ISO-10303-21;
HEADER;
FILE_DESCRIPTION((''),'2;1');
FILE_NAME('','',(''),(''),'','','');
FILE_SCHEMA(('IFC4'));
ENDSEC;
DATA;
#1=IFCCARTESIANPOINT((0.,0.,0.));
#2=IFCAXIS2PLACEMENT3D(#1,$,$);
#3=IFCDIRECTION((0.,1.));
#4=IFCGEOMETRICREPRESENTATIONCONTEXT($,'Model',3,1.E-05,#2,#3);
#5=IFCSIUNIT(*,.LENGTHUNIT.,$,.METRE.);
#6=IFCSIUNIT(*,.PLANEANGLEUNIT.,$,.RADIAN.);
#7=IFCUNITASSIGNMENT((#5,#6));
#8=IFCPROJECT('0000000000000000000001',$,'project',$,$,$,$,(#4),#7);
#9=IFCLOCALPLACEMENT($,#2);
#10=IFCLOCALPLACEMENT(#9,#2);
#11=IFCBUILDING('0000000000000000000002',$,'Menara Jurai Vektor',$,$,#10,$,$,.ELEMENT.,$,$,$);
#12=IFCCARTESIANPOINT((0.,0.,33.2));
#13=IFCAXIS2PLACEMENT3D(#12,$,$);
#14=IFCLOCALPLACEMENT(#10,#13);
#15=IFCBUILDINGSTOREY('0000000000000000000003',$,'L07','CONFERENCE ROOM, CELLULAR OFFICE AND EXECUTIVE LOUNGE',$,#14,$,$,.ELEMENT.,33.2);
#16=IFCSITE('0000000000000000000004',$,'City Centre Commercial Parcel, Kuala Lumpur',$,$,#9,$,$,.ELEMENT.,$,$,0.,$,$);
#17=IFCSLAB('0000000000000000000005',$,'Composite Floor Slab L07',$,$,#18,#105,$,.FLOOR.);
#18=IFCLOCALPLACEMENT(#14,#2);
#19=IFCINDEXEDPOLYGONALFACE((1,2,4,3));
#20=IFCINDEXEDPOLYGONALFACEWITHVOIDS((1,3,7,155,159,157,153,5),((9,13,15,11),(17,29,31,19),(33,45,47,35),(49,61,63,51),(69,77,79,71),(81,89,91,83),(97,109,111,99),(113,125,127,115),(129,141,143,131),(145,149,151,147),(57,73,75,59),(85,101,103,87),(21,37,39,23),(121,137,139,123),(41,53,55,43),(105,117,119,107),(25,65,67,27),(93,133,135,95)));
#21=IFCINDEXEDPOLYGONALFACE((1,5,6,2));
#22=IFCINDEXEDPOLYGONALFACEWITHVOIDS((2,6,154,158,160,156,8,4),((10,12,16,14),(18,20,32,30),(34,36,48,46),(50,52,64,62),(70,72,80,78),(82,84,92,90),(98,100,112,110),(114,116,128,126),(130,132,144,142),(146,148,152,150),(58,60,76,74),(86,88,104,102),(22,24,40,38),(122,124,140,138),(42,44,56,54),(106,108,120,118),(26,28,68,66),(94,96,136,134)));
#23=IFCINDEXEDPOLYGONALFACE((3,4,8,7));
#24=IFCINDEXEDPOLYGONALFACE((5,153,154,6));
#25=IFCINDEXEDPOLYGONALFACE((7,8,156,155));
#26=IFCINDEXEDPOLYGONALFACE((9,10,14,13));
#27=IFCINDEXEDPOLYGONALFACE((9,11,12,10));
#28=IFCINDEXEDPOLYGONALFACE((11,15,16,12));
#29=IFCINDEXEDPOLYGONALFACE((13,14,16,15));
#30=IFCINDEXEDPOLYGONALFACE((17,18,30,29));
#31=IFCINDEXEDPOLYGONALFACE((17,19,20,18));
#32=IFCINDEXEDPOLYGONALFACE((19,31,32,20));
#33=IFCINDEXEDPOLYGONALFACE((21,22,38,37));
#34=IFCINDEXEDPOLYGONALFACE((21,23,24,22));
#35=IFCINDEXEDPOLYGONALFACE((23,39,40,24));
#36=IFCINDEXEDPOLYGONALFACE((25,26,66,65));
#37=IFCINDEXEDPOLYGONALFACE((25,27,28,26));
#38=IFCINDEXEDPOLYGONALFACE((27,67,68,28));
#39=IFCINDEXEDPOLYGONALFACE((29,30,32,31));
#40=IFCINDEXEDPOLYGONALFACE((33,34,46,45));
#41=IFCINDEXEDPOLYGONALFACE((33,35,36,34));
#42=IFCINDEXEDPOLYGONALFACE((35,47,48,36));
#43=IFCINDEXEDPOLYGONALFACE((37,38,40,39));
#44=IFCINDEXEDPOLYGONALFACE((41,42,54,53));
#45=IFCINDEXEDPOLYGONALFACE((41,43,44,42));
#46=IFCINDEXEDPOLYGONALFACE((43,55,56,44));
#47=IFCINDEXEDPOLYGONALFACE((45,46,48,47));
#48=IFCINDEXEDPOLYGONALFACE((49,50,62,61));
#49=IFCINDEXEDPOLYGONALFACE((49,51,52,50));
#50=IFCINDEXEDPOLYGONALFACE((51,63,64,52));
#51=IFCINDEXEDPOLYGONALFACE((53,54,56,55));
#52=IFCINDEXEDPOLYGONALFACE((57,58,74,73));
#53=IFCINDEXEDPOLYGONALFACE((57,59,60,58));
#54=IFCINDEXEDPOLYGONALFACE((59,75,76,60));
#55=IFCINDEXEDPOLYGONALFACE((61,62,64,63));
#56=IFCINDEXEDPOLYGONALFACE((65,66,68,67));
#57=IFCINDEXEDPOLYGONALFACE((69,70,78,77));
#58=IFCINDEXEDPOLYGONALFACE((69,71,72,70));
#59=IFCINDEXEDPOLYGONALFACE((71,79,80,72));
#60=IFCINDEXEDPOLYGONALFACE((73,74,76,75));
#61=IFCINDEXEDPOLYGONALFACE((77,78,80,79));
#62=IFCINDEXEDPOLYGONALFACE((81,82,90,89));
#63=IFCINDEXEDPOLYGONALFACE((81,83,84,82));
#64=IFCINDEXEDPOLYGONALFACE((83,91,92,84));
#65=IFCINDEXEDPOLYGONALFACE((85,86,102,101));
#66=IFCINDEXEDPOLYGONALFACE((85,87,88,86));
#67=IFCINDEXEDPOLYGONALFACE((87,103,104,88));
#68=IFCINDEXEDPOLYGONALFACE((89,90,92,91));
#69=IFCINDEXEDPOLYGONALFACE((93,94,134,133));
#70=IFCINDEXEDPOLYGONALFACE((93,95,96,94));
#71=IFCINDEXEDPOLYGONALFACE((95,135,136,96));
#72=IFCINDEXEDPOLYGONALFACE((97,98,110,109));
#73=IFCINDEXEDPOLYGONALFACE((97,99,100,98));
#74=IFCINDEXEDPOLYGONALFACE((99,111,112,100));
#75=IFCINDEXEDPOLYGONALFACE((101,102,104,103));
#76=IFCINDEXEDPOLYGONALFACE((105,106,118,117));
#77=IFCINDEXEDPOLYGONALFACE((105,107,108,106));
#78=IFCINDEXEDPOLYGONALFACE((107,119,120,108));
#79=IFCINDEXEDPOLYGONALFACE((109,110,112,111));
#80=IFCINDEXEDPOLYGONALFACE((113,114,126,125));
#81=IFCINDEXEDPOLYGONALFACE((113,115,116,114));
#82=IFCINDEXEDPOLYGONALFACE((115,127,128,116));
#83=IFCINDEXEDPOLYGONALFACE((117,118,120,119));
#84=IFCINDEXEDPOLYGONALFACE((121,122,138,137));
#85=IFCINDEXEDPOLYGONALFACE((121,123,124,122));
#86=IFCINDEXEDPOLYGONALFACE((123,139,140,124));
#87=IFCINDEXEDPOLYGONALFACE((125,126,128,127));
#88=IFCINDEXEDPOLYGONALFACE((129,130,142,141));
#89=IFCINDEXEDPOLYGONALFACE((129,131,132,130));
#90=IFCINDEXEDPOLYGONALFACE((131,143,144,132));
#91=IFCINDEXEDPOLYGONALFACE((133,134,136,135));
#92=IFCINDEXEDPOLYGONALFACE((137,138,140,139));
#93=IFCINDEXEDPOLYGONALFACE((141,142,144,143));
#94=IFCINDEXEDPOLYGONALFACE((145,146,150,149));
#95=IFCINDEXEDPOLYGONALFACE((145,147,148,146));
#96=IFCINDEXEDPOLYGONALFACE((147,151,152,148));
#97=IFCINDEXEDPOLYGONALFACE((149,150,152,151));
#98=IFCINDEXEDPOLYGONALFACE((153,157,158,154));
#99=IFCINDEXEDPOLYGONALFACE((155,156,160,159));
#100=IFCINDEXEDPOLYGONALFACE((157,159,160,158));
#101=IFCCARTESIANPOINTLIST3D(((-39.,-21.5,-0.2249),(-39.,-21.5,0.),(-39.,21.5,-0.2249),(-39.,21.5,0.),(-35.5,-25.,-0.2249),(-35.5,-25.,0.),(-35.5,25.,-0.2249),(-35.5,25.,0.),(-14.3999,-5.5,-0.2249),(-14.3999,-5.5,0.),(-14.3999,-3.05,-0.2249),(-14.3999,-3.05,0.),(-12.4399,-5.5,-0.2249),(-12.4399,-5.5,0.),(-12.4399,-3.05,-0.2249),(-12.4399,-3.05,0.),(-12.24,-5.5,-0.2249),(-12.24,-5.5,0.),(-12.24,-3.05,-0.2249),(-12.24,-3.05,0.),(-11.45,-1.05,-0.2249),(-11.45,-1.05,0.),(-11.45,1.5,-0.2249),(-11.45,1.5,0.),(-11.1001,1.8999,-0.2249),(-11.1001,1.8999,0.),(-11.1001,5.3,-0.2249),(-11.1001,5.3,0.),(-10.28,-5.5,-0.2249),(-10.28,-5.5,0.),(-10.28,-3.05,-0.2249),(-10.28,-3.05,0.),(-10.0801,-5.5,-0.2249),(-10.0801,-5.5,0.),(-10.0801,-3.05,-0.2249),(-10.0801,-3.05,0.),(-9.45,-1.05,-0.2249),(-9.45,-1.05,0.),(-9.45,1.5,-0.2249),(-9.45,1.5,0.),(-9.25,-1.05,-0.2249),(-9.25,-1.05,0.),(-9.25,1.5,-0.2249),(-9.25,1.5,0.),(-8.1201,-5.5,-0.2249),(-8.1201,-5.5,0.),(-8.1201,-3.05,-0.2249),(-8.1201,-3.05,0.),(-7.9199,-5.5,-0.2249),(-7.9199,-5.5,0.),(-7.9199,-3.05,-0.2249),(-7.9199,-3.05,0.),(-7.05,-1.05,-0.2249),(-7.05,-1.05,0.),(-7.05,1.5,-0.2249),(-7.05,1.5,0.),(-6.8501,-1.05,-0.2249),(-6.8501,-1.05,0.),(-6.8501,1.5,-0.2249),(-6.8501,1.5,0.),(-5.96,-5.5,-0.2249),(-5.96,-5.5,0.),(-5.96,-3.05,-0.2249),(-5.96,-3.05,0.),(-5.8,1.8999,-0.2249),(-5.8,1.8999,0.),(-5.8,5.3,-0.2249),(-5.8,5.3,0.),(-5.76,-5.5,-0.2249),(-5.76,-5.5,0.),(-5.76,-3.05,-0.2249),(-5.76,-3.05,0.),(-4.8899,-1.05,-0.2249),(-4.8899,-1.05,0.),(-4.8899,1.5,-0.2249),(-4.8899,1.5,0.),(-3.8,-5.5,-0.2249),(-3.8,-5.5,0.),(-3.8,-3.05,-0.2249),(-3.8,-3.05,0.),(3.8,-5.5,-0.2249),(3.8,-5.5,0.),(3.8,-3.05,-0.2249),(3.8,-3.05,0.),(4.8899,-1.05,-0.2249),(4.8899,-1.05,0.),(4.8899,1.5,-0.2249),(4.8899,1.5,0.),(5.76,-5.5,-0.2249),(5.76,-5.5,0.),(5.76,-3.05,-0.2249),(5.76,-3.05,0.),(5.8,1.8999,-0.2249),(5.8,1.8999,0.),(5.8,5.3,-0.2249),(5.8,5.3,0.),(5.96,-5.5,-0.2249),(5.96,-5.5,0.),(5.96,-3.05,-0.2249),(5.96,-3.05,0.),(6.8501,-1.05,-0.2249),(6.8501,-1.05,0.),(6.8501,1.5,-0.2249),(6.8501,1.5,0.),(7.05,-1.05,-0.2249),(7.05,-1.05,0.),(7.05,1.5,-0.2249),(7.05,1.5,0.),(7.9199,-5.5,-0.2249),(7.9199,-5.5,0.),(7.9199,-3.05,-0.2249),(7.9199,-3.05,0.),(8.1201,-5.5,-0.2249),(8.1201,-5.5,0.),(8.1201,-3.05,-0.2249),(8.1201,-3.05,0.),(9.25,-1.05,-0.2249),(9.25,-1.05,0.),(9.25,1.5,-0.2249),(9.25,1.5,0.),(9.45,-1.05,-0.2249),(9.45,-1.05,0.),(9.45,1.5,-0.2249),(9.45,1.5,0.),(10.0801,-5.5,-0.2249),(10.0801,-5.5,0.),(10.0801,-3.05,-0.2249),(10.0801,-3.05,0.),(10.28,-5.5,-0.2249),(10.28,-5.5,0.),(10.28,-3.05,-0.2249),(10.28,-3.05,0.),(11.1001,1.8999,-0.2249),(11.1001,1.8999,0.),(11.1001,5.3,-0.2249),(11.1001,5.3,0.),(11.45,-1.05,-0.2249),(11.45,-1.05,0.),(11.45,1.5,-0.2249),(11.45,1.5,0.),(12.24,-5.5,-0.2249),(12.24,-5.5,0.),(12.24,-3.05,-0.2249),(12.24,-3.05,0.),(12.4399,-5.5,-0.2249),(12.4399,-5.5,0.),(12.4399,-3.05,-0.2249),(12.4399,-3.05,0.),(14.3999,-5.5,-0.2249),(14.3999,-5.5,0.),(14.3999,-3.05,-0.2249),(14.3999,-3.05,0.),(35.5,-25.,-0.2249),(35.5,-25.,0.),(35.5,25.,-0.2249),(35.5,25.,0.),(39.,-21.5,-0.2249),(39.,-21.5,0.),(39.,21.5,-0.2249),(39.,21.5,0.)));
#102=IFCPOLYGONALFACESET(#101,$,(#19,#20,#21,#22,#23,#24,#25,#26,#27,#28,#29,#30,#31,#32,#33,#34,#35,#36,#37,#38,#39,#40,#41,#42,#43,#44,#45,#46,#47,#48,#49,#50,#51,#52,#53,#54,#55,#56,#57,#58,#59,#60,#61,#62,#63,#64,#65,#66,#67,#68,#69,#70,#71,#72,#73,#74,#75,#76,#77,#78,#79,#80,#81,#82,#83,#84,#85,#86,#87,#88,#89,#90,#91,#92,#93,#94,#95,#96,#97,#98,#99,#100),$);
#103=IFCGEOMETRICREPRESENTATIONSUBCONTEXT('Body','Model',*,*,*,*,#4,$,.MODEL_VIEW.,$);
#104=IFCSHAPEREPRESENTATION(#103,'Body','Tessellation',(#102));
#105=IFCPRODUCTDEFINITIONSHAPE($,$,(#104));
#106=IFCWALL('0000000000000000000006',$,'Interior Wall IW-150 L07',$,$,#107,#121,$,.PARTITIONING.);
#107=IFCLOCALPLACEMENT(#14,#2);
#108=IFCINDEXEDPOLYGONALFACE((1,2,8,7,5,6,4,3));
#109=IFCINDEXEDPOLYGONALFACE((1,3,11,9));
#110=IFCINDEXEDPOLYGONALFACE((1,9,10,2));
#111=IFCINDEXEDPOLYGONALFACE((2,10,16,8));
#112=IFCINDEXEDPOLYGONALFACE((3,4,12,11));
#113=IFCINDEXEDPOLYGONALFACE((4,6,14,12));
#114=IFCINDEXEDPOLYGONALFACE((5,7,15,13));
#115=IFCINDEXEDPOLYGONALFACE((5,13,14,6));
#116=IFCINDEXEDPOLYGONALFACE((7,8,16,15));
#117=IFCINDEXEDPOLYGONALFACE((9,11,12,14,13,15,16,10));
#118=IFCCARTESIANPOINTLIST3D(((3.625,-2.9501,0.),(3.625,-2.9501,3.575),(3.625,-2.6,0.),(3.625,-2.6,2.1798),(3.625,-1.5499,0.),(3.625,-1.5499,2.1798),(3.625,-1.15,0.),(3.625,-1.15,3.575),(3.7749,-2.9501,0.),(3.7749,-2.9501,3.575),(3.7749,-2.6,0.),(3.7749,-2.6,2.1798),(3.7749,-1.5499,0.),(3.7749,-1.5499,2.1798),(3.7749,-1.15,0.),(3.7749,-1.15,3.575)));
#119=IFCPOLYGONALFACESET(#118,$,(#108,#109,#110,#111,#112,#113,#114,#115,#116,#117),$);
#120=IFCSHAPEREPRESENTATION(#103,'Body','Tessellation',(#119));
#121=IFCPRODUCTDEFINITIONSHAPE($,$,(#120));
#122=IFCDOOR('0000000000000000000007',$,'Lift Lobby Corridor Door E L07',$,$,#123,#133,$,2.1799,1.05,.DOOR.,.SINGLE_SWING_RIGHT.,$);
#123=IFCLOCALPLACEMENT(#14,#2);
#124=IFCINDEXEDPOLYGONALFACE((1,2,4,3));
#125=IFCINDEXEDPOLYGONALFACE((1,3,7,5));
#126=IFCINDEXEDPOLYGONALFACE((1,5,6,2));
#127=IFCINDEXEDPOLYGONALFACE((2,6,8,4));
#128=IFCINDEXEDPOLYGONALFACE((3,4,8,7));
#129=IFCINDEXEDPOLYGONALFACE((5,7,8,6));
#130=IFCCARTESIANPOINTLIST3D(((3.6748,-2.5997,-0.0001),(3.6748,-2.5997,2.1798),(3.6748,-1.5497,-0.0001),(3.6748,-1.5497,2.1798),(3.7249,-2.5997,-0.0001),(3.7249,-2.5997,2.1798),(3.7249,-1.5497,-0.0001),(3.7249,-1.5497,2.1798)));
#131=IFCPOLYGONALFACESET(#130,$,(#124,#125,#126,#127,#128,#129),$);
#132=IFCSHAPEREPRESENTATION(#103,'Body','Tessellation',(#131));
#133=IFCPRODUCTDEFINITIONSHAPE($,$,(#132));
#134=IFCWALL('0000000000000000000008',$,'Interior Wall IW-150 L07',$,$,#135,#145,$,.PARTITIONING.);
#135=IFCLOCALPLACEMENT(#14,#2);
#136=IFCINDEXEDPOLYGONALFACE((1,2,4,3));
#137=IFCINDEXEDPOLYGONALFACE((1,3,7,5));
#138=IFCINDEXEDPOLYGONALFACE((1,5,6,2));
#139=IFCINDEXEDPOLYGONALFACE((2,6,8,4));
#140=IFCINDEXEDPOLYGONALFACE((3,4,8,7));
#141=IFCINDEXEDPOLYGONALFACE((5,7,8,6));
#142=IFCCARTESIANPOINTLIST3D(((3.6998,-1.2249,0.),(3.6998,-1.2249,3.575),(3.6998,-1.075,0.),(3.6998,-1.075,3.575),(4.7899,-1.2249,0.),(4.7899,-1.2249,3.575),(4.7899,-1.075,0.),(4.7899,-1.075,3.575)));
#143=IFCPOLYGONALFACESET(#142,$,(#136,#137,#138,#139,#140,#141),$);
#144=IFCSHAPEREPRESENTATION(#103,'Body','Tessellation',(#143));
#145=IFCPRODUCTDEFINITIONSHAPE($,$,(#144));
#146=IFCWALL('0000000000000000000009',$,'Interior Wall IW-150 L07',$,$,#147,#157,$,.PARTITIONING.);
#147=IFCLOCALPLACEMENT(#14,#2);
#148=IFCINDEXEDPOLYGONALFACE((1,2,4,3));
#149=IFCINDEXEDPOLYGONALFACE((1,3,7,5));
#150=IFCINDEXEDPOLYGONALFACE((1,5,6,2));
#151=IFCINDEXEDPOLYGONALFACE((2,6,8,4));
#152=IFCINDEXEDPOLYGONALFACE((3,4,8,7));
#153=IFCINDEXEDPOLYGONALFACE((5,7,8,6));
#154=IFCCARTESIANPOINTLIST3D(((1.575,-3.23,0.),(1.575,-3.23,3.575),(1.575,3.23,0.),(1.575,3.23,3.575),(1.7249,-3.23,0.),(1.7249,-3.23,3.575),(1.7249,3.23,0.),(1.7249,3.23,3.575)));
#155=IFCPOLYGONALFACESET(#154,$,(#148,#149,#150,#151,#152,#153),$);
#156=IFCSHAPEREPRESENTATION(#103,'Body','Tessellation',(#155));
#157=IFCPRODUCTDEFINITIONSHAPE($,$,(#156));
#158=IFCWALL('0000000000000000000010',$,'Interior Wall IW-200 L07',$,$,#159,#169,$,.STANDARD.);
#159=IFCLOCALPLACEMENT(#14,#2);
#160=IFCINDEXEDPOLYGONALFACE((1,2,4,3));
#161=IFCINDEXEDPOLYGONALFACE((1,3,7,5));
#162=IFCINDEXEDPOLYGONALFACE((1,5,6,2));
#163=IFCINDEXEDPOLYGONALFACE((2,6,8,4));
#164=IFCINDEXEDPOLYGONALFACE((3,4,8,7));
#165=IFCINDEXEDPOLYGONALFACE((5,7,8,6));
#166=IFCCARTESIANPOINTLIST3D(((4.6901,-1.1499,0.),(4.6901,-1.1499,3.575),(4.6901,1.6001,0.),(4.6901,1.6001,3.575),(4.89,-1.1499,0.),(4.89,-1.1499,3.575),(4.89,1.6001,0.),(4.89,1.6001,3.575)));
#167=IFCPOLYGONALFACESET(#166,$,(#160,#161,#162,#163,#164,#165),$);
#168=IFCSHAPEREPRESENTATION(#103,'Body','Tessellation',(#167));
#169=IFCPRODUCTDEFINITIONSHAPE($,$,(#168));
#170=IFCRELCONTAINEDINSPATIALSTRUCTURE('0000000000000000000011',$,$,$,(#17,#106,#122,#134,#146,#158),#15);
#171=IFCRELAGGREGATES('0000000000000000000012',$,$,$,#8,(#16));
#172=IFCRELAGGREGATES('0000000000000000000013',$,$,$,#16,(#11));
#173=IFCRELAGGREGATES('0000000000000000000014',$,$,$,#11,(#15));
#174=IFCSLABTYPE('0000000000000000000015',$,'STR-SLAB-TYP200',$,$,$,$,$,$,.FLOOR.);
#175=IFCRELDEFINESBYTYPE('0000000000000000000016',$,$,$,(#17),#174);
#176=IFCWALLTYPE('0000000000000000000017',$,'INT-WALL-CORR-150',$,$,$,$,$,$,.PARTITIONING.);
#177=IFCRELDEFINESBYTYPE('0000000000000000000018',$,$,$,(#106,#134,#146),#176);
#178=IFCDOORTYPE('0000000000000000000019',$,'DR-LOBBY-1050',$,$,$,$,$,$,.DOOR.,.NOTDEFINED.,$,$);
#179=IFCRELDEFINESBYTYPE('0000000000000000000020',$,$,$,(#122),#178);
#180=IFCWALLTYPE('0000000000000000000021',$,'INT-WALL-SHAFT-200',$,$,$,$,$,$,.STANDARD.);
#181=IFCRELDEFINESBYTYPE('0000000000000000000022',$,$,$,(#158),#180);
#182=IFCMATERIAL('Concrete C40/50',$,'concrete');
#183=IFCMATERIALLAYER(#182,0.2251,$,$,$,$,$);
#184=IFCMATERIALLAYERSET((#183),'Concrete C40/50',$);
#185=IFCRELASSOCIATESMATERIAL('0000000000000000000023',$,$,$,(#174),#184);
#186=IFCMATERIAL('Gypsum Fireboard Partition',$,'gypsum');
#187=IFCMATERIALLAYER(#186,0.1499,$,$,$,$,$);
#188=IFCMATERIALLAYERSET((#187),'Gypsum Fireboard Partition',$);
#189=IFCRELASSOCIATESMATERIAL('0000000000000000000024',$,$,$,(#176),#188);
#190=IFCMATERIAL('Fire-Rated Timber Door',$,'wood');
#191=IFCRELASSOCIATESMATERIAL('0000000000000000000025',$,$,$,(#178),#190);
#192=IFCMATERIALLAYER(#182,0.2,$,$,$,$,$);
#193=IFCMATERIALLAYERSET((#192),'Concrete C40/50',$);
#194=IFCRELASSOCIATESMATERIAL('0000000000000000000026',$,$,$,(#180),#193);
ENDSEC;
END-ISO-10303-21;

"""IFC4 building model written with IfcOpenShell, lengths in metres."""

from ifc_helpers import new_model, si_unit, direction, frame, frame_2d, origin, place, context, subcontext, project, spatial, polyline, rectangle, outline, extrude, material, layer, layer_set, type_object, element, fill, save


model = new_model("IFC4")

# Units and contexts
model_context = context("Model", 3, precision=1e-05, world=origin(), true_north=direction((0.0, 1.0)))
body_context = subcontext(model_context, "Body", "Model", "MODEL_VIEW")
ifc_project = project(units=[si_unit("LENGTHUNIT", "METRE"), si_unit("PLANEANGLEUNIT", "RADIAN")], contexts=[model_context])

# Site, building, storey
site_placement = place(None, origin())
site = spatial("IfcSite", under=ifc_project, at=site_placement, Name="City Centre Commercial Parcel, Kuala Lumpur", CompositionType="ELEMENT", RefElevation=0.0)
building_placement = place(site_placement, origin())
building = spatial("IfcBuilding", under=site, at=building_placement, Name="Menara Jurai Vektor", CompositionType="ELEMENT")
storey_placement = place(building_placement, frame((0.0, 0.0, 33.2)))
storey = spatial("IfcBuildingStorey", under=building, at=storey_placement, Name="L07", Description="CONFERENCE ROOM, CELLULAR OFFICE AND EXECUTIVE LOUNGE", CompositionType="ELEMENT", Elevation=33.2)

# Shared definitions
ifc_material_1 = material(Name="Concrete C40/50", Category="concrete")

# Slab
ifc_layer_1 = layer(ifc_material_1, 0.2251)
ifc_layer_set_1 = layer_set([ifc_layer_1], Name="Concrete C40/50")
slab_type_1 = type_object("IfcSlabType", Name="STR-SLAB-TYP200", PredefinedType="FLOOR", material=ifc_layer_set_1)
slab_1_placement = place(storey_placement, frame((0.0, 0.0, -0.2249)))
element("IfcSlab", 1, at=slab_1_placement, inside=storey, type_object=slab_type_1, Name="Composite Floor Slab L07", PredefinedType="FLOOR", context=body_context, shape_type="SweptSolid", body=[
    extrude(outline(polyline([(-35.5, -25.0), (35.5, -25.0), (39.0, -21.5), (39.0, 21.5), (35.5, 25.0), (-35.5, 25.0), (-39.0, 21.5), (-39.0, -21.5), (-35.5, -25.0)]), holes=[polyline([(-11.1001, 1.8999), (-11.1001, 5.3), (-5.8, 5.3), (-5.8, 1.8999), (-11.1001, 1.8999)]), polyline([(5.8, 1.8999), (5.8, 5.3), (11.1001, 5.3), (11.1001, 1.8999), (5.8, 1.8999)]), polyline([(-11.45, -1.05), (-11.45, 1.5), (-9.45, 1.5), (-9.45, -1.05), (-11.45, -1.05)]), polyline([(9.45, -1.05), (9.45, 1.5), (11.45, 1.5), (11.45, -1.05), (9.45, -1.05)]), polyline([(-5.76, -5.5), (-5.76, -3.05), (-3.8, -3.05), (-3.8, -5.5), (-5.76, -5.5)]), polyline([(-6.8501, -1.05), (-6.8501, 1.5), (-4.8899, 1.5), (-4.8899, -1.05), (-6.8501, -1.05)]), polyline([(3.8, -5.5), (3.8, -3.05), (5.76, -3.05), (5.76, -5.5), (3.8, -5.5)]), polyline([(4.8899, -1.05), (4.8899, 1.5), (6.8501, 1.5), (6.8501, -1.05), (4.8899, -1.05)]), polyline([(-14.3999, -5.5), (-14.3999, -3.05), (-12.4399, -3.05), (-12.4399, -5.5), (-14.3999, -5.5)]), polyline([(-12.24, -5.5), (-12.24, -3.05), (-10.28, -3.05), (-10.28, -5.5), (-12.24, -5.5)]), polyline([(10.28, -5.5), (10.28, -3.05), (12.24, -3.05), (12.24, -5.5), (10.28, -5.5)]), polyline([(12.4399, -5.5), (12.4399, -3.05), (14.3999, -3.05), (14.3999, -5.5), (12.4399, -5.5)]), polyline([(-10.0801, -5.5), (-10.0801, -3.05), (-8.1201, -3.05), (-8.1201, -5.5), (-10.0801, -5.5)]), polyline([(-7.9199, -5.5), (-7.9199, -3.05), (-5.96, -3.05), (-5.96, -5.5), (-7.9199, -5.5)]), polyline([(5.96, -5.5), (5.96, -3.05), (7.9199, -3.05), (7.9199, -5.5), (5.96, -5.5)]), polyline([(8.1201, -5.5), (8.1201, -3.05), (10.0801, -3.05), (10.0801, -5.5), (8.1201, -5.5)]), polyline([(-9.25, -1.05), (-9.25, 1.5), (-7.05, 1.5), (-7.05, -1.05), (-9.25, -1.05)]), polyline([(7.05, -1.05), (7.05, 1.5), (9.25, 1.5), (9.25, -1.05), (7.05, -1.05)])]), origin(), (0.0, 0.0, 1.0), 0.2249),
])

# Wall, opening, door
ifc_material_2 = material(Name="Gypsum Fireboard Partition", Category="gypsum")
ifc_layer_2 = layer(ifc_material_2, 0.1499)
ifc_layer_set_2 = layer_set([ifc_layer_2], Name="Gypsum Fireboard Partition")
wall_type_1 = type_object("IfcWallType", Name="INT-WALL-CORR-150", PredefinedType="PARTITIONING", material=ifc_layer_set_2)
wall_1_placement = place(storey_placement, frame((3.7, -2.95, 0.0), z_axis=(0.0, 0.0, 1.0), x_axis=(0.0, 1.0, 0.0)))
wall_1 = element("IfcWall", 2, at=wall_1_placement, inside=storey, type_object=wall_type_1, Name="Interior Wall IW-150 L07", PredefinedType="PARTITIONING", context=body_context, shape_type="SweptSolid", body=[
    extrude(rectangle(XDim=1.8, YDim=0.1499, at=frame_2d((0.8999, 0.0))), origin(), (0.0, 0.0, 1.0), 3.575),
])
opening_1_placement = place(wall_1_placement, frame((0.3501, 0.0, 0.0)))
opening_1 = element("IfcOpeningElement", 3, at=opening_1_placement, cuts=wall_1, PredefinedType="OPENING", context=body_context, shape_type="SweptSolid", body=[
    extrude(rectangle(XDim=1.05, YDim=2.1799, at=frame_2d((0.5249, 1.0898))), frame((0.0, 0.085, 0.0), z_axis=(0.0, -1.0, 0.0), x_axis=(1.0, 0.0, 0.0)), (0.0, 0.0, 1.0), 0.1699),
])
ifc_material_3 = material(Name="Fire-Rated Timber Door", Category="wood")
door_type_1 = type_object("IfcDoorType", Name="DR-LOBBY-1050", OperationType="NOTDEFINED", PredefinedType="DOOR", material=ifc_material_3)
door_1_placement = place(opening_1_placement, frame((1.05, 0.0, 0.0), z_axis=(0.0, 0.0, 1.0), x_axis=(-1.0, 0.0, 0.0)))
door_1 = element("IfcDoor", 4, at=door_1_placement, inside=storey, type_object=door_type_1, Name="Lift Lobby Corridor Door E L07", OperationType="SINGLE_SWING_RIGHT", OverallHeight=2.1799, OverallWidth=1.05, PredefinedType="DOOR", context=body_context, shape_type="SweptSolid", body=[
    extrude(rectangle(XDim=1.05, YDim=2.1799, at=frame_2d((0.5249, 1.0898))), frame((0.0, 0.0249, 0.0), z_axis=(0.0, -1.0, 0.0), x_axis=(1.0, 0.0, 0.0)), (0.0, 0.0, 1.0), 0.05),
])
fill(opening_1, door_1)

# Walls
wall_2_placement = place(storey_placement, frame((3.7, -1.1499, 0.0), z_axis=(0.0, 0.0, 1.0), x_axis=(1.0, 0.0, 0.0)))
element("IfcWall", 5, at=wall_2_placement, inside=storey, type_object=wall_type_1, Name="Interior Wall IW-150 L07", PredefinedType="PARTITIONING", context=body_context, shape_type="SweptSolid", body=[
    extrude(rectangle(XDim=1.0901, YDim=0.1499, at=frame_2d((0.5449, 0.0))), origin(), (0.0, 0.0, 1.0), 3.575),
])
wall_3_placement = place(storey_placement, frame((1.6499, -3.23, 0.0), z_axis=(0.0, 0.0, 1.0), x_axis=(0.0, 1.0, 0.0)))
element("IfcWall", 6, at=wall_3_placement, inside=storey, type_object=wall_type_1, Name="Interior Wall IW-150 L07", PredefinedType="PARTITIONING", context=body_context, shape_type="SweptSolid", body=[
    extrude(rectangle(XDim=6.46, YDim=0.1499, at=frame_2d((3.23, 0.0))), origin(), (0.0, 0.0, 1.0), 3.575),
])

# Shared definitions
ifc_layer_3 = layer(ifc_material_1, 0.2)
ifc_layer_set_3 = layer_set([ifc_layer_3], Name="Concrete C40/50")
wall_type_2 = type_object("IfcWallType", Name="INT-WALL-SHAFT-200", PredefinedType="STANDARD", material=ifc_layer_set_3)

# Wall
wall_4_placement = place(storey_placement, frame((4.79, -1.1499, 0.0), z_axis=(0.0, 0.0, 1.0), x_axis=(0.0, 1.0, 0.0)))
element("IfcWall", 7, at=wall_4_placement, inside=storey, type_object=wall_type_2, Name="Interior Wall IW-200 L07", PredefinedType="STANDARD", context=body_context, shape_type="SweptSolid", body=[
    extrude(rectangle(XDim=2.75, YDim=0.2, at=frame_2d((1.375, 0.0))), origin(), (0.0, 0.0, 1.0), 3.575),
])

save(model, "model.ifc")
